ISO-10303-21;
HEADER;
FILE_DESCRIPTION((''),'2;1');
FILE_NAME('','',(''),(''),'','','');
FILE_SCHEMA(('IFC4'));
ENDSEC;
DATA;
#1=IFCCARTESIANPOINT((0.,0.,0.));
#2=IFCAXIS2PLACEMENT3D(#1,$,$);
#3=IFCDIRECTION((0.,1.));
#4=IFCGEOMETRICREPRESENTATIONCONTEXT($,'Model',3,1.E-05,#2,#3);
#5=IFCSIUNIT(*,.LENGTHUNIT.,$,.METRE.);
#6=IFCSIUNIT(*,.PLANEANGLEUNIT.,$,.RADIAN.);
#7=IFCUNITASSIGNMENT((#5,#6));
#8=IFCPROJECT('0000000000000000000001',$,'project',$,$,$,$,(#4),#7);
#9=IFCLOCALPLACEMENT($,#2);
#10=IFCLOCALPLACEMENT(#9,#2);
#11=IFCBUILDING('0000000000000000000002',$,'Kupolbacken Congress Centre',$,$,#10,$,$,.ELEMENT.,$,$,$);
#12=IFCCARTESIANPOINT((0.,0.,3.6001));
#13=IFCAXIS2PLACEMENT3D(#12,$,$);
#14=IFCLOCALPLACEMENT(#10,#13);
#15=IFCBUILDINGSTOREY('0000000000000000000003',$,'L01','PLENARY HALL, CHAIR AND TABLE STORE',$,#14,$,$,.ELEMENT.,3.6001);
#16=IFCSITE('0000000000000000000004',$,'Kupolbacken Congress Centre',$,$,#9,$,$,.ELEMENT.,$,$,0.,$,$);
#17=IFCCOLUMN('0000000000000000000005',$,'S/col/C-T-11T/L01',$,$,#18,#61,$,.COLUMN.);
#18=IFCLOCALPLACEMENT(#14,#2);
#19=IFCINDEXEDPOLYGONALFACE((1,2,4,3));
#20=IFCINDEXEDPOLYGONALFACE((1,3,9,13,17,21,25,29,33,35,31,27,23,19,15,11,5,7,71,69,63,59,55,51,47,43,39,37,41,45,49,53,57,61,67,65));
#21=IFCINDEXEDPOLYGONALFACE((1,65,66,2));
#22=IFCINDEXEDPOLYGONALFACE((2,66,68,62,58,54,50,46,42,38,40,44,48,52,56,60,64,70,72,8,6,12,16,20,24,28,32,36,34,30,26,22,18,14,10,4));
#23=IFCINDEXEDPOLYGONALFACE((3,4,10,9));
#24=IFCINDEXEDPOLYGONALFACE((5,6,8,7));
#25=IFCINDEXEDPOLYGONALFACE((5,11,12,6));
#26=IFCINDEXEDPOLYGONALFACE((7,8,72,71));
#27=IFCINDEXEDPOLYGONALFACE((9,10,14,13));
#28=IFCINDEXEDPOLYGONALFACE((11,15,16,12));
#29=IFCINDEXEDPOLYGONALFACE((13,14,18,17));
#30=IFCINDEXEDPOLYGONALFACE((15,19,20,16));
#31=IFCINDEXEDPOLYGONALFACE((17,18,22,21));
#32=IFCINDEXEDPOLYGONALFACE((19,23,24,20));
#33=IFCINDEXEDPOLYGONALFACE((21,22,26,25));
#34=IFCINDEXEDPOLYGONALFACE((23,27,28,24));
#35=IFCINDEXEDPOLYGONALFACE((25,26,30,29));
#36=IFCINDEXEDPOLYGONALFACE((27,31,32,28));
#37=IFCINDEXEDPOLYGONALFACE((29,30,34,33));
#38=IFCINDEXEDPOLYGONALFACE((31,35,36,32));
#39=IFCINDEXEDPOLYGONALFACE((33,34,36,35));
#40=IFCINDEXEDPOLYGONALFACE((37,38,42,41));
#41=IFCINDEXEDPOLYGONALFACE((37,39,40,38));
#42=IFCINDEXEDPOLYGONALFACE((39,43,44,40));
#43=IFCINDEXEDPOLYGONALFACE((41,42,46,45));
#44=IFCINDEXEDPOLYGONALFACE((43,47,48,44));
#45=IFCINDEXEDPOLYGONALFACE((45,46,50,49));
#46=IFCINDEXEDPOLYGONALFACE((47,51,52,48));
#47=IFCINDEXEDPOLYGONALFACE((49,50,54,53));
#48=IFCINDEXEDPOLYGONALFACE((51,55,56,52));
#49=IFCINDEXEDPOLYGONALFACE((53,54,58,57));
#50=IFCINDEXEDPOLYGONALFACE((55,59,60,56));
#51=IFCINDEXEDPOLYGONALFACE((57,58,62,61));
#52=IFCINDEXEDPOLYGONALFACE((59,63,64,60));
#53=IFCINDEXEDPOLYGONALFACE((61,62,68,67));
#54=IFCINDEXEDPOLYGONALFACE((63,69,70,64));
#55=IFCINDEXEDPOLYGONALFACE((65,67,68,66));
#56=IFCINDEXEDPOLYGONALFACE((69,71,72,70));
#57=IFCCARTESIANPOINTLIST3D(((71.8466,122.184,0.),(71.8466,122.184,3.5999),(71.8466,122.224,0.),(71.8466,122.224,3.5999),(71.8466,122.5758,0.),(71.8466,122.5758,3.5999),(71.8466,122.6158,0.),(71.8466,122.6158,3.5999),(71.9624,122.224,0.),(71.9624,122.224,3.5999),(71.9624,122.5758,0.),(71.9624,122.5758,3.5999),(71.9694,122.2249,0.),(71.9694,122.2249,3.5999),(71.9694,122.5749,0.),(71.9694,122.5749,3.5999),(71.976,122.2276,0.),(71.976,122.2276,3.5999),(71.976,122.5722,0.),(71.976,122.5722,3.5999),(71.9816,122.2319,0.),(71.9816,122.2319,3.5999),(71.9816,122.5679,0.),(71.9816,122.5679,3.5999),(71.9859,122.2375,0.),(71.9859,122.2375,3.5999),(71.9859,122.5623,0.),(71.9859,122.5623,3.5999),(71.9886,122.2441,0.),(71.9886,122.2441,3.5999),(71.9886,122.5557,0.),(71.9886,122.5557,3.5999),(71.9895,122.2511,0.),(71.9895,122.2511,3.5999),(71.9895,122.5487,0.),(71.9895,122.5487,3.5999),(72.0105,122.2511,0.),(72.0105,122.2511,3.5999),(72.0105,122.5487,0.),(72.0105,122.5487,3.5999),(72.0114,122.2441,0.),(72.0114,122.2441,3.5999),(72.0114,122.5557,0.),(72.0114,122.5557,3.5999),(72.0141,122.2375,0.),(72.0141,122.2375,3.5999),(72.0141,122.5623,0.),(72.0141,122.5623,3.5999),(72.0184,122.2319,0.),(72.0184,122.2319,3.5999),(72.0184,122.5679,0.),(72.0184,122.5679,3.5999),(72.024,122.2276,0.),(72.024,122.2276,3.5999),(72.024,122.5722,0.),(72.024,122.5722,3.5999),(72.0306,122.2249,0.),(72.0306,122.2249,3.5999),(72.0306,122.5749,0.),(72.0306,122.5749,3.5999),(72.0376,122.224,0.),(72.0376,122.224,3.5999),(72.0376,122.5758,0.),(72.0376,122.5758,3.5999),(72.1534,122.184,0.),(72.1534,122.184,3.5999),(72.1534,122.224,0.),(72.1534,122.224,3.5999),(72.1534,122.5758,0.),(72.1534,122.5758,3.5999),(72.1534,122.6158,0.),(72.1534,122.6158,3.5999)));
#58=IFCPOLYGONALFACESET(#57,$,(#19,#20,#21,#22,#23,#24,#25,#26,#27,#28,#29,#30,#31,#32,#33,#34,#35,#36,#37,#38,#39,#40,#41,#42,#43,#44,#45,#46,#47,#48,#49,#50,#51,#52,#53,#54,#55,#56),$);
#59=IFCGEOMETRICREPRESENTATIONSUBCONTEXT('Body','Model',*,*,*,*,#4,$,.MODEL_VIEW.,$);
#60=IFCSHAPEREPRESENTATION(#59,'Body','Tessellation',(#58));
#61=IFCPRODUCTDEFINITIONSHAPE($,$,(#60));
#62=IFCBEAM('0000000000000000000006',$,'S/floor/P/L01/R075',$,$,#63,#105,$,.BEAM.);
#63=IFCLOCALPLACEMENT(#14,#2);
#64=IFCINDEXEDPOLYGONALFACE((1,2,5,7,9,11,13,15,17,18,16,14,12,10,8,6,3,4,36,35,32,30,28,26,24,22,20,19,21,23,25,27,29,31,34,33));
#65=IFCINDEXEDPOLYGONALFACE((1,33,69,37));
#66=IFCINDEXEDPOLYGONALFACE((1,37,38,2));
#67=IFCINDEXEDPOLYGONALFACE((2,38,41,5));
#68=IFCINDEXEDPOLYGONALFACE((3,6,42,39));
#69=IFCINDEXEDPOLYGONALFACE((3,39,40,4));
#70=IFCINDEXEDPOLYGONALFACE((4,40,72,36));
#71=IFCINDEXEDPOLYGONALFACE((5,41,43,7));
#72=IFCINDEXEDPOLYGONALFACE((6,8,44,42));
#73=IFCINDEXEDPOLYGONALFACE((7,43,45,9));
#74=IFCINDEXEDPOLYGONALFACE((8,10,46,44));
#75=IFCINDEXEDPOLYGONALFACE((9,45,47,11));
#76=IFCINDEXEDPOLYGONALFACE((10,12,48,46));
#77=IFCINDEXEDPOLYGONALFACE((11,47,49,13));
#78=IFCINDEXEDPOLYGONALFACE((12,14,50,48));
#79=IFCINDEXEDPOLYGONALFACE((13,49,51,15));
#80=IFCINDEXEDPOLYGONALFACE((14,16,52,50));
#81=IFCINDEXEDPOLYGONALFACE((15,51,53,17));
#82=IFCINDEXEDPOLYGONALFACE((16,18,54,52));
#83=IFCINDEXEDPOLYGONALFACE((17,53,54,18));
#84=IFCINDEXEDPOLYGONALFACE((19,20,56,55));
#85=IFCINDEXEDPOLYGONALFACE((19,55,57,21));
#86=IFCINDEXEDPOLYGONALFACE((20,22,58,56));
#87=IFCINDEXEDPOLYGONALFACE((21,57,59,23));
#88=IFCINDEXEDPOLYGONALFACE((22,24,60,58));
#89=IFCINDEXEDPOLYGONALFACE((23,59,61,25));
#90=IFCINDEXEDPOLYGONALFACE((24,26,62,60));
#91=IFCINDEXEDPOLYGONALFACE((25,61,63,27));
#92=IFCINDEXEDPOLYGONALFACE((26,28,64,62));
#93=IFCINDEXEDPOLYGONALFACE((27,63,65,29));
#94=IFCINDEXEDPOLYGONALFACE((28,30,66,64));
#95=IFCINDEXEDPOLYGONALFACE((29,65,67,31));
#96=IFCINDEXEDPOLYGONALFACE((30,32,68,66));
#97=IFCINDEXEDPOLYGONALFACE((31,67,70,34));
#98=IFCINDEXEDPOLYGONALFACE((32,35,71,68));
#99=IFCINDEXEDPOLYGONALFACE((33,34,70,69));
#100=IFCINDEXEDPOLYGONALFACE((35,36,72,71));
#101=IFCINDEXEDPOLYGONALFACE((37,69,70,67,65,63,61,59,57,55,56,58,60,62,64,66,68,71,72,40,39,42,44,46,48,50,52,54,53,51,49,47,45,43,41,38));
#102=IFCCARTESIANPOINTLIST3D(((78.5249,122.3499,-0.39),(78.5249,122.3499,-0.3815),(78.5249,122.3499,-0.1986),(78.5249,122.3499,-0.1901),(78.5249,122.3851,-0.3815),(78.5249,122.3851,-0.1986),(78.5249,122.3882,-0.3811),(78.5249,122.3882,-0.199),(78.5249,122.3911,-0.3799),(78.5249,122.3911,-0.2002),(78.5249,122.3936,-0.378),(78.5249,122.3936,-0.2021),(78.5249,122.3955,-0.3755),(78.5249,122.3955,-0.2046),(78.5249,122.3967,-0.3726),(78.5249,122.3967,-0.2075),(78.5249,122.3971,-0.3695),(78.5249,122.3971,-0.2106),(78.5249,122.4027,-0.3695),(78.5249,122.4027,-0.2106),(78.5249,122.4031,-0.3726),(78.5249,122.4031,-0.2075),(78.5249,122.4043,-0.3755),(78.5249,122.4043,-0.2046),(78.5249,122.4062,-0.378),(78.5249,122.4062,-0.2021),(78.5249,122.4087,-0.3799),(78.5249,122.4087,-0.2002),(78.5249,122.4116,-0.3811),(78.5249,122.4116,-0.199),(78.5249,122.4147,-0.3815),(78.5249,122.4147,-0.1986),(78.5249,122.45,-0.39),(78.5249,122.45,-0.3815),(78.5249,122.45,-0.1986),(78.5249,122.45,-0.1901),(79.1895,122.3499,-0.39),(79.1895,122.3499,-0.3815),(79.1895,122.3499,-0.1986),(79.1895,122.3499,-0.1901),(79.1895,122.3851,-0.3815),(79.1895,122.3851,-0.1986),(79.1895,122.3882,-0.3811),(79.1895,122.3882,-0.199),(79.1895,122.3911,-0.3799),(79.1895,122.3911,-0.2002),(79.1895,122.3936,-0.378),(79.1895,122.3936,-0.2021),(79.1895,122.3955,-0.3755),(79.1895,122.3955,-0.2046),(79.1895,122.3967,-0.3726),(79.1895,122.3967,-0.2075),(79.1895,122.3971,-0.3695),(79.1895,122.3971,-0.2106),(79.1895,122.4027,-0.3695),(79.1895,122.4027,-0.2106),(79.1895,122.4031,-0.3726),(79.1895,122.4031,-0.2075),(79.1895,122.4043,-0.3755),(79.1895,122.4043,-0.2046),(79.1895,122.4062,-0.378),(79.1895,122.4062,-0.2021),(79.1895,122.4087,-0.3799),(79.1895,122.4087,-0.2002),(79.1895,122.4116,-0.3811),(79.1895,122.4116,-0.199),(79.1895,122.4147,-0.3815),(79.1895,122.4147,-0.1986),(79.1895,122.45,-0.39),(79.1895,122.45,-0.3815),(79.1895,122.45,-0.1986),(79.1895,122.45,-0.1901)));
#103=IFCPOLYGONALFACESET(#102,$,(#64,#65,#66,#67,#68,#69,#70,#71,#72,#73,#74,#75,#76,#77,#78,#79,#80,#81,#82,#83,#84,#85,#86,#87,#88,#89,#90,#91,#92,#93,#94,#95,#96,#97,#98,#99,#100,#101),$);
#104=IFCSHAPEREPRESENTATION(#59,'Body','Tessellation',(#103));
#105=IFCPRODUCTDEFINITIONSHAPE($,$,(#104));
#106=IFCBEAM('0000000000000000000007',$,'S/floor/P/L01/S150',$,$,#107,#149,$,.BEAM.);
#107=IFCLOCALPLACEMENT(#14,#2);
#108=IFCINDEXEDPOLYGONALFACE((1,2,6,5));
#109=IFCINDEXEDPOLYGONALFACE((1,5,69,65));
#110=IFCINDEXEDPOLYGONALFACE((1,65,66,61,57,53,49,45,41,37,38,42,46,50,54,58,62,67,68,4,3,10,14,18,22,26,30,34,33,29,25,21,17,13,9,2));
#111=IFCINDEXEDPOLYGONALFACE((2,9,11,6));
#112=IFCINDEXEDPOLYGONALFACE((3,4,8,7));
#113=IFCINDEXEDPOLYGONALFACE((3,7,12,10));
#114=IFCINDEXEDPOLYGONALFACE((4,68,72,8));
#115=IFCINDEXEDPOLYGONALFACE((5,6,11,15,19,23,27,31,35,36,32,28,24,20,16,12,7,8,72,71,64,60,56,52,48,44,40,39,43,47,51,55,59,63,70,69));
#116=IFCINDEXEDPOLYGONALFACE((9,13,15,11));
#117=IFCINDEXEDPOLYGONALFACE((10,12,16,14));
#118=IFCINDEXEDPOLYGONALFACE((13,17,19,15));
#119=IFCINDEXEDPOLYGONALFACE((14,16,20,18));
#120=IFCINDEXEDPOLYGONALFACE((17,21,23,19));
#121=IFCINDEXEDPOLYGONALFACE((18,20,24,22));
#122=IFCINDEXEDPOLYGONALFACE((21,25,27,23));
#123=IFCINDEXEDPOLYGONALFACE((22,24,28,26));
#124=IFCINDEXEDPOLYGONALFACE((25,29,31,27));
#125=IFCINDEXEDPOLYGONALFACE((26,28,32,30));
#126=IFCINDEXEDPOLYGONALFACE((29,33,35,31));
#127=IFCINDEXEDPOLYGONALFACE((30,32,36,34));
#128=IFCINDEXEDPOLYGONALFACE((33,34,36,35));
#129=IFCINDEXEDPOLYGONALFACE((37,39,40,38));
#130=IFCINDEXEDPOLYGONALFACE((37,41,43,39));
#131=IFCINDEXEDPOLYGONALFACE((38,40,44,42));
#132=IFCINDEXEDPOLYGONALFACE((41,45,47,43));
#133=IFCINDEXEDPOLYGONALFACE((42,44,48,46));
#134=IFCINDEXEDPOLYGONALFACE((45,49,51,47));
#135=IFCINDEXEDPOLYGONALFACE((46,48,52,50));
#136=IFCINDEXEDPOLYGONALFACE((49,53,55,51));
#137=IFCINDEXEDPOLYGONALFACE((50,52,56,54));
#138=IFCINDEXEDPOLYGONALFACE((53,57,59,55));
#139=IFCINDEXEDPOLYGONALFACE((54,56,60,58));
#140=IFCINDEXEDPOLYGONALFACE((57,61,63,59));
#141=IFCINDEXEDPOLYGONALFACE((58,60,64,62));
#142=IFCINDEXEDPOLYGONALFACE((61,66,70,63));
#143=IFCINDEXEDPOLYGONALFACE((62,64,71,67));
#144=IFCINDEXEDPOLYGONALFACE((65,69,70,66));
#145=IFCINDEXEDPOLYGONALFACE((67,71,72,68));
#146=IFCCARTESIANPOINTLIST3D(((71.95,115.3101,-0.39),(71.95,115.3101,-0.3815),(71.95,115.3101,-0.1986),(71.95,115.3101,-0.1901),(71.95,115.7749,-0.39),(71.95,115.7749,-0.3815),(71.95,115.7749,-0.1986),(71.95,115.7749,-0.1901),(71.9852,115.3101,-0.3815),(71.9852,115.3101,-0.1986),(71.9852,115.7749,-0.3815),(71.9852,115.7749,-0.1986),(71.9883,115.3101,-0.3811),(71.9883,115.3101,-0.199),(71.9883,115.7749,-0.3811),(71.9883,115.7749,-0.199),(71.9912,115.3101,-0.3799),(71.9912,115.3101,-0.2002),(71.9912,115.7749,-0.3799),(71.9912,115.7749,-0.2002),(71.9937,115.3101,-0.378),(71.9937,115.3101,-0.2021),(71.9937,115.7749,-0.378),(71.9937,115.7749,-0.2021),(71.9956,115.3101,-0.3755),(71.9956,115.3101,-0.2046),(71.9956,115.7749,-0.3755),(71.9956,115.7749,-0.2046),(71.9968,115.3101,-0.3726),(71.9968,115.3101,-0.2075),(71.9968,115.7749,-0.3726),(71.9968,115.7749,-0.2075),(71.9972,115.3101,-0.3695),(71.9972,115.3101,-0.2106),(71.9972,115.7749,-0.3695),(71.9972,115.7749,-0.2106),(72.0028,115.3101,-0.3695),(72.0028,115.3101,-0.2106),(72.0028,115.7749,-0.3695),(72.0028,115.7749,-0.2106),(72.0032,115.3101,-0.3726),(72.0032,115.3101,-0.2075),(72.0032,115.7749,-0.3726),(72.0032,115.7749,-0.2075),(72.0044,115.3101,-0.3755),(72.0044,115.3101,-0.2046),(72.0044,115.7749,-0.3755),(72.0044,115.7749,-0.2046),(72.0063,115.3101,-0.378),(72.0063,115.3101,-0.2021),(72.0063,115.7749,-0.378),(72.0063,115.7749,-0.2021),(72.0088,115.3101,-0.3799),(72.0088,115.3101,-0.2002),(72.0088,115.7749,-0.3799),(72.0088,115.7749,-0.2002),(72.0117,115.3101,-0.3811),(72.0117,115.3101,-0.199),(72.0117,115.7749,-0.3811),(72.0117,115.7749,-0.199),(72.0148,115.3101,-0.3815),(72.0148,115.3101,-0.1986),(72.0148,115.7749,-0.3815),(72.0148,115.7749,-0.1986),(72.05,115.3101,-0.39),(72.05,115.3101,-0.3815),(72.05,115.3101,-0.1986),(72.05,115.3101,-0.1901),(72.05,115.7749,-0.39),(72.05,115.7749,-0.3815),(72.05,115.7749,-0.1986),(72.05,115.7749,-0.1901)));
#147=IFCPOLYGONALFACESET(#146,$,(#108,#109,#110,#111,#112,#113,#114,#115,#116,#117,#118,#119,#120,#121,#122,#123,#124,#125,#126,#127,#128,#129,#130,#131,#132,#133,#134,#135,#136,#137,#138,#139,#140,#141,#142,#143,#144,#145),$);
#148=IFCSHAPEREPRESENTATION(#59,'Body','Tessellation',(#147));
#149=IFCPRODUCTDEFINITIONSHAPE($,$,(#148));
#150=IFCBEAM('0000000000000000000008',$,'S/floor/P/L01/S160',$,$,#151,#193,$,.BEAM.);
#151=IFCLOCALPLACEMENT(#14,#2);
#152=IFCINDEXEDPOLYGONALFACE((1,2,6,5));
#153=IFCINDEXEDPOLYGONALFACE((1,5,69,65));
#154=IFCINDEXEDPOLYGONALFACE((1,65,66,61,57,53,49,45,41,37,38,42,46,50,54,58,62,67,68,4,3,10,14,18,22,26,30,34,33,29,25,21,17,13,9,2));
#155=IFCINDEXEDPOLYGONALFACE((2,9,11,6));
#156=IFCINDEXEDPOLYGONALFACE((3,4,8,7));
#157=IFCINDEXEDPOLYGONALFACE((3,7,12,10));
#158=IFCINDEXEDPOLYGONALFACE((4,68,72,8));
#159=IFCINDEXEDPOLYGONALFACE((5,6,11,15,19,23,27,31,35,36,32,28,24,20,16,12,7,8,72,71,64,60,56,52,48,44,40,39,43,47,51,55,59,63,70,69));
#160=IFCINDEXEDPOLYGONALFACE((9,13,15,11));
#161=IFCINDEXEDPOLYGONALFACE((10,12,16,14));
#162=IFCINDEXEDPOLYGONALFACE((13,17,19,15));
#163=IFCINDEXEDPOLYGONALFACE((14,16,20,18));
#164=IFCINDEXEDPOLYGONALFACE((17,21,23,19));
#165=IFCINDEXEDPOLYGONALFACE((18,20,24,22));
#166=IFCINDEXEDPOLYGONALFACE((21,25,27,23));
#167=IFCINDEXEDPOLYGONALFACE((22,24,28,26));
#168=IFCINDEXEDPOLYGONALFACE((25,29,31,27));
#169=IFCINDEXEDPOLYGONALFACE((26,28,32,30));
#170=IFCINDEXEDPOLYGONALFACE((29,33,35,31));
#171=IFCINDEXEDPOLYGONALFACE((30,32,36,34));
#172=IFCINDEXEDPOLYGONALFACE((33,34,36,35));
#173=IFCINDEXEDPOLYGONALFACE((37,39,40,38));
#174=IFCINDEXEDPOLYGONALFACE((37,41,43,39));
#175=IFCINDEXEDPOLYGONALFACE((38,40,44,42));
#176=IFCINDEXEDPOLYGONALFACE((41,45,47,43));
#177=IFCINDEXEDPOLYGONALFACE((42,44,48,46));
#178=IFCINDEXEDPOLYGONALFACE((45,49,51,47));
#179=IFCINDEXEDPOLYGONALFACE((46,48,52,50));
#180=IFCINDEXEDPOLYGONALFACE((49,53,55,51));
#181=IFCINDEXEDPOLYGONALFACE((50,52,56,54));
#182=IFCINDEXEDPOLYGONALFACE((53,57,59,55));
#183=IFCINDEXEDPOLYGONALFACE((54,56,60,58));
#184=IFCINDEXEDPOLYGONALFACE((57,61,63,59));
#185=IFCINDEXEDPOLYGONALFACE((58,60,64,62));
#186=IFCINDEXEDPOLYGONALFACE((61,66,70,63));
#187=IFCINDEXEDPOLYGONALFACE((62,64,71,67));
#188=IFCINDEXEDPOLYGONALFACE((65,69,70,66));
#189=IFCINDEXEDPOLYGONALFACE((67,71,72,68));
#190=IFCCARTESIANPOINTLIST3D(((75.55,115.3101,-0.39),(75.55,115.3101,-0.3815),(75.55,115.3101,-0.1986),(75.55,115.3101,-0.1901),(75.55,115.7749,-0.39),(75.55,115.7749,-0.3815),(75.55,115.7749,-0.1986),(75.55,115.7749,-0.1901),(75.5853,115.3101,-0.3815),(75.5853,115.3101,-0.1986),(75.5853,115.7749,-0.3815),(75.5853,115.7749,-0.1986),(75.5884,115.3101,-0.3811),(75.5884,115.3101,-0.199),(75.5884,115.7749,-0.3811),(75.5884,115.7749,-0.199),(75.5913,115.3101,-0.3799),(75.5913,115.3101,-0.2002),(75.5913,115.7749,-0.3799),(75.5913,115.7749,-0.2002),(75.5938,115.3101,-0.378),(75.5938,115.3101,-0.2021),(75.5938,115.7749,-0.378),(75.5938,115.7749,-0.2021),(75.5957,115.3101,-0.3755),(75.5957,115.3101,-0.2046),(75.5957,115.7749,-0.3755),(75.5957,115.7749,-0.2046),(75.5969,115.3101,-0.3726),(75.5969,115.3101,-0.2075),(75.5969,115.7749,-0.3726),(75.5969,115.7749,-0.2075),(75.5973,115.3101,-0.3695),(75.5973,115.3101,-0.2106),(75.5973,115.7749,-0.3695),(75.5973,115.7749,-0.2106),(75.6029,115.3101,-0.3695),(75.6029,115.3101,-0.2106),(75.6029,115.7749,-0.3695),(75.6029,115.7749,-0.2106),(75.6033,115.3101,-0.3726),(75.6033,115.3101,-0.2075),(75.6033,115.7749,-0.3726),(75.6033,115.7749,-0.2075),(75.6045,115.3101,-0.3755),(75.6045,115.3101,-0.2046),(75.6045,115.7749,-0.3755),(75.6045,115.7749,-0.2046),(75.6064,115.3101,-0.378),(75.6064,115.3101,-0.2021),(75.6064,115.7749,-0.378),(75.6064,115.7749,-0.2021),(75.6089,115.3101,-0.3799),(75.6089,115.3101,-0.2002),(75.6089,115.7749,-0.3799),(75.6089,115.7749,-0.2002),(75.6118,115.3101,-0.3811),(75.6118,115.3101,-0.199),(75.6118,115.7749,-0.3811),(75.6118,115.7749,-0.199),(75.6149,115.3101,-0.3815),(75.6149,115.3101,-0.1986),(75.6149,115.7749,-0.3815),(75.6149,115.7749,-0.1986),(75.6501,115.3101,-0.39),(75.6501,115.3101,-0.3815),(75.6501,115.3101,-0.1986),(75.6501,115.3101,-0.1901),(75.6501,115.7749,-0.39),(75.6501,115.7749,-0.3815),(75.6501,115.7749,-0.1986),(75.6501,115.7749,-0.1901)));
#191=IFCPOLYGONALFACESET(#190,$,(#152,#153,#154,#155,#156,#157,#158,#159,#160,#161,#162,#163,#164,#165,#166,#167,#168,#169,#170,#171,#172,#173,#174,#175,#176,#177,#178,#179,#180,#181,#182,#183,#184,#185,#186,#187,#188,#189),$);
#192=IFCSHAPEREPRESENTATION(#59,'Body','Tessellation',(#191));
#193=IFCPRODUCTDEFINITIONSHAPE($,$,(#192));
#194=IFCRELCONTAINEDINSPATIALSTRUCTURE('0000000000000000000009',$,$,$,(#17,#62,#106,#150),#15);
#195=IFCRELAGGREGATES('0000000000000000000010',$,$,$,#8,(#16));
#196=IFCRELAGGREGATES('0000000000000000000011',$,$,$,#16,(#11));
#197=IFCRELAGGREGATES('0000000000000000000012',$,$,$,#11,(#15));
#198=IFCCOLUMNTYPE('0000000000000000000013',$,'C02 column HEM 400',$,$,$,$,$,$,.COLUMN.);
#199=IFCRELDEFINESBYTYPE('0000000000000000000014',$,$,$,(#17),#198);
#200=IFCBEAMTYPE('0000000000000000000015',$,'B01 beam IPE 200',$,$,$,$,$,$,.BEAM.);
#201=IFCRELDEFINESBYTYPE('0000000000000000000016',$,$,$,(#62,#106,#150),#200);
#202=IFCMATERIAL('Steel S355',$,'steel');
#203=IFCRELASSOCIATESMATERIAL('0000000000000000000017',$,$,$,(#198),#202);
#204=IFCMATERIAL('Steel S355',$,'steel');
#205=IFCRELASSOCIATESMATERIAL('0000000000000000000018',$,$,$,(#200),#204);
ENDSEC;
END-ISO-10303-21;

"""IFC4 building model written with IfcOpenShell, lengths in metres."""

from ifc_helpers import new_model, si_unit, direction, frame, origin, origin_2d, place, context, subcontext, project, spatial, i_section, extrude, material, material_profile, profile_set, type_object, element, save


model = new_model("IFC4")

# Units and contexts
model_context = context("Model", 3, precision=1e-05, world=origin(), true_north=direction((0.0, 1.0)))
body_context = subcontext(model_context, "Body", "Model", "MODEL_VIEW")
ifc_project = project(units=[si_unit("LENGTHUNIT", "METRE"), si_unit("PLANEANGLEUNIT", "RADIAN")], contexts=[model_context])

# Site, building, storey
site_placement = place(None, origin())
site = spatial("IfcSite", under=ifc_project, at=site_placement, Name="Kupolbacken Congress Centre", CompositionType="ELEMENT", RefElevation=0.0)
building_placement = place(site_placement, origin())
building = spatial("IfcBuilding", under=site, at=building_placement, Name="Kupolbacken Congress Centre", CompositionType="ELEMENT")
storey_placement = place(building_placement, frame((0.0, 0.0, 3.6001)))
storey = spatial("IfcBuildingStorey", under=building, at=storey_placement, Name="L01", Description="PLENARY HALL, CHAIR AND TABLE STORE", CompositionType="ELEMENT", Elevation=3.6001)

# Column
ifc_material_1 = material(Name="Steel S355", Category="steel")
ifc_material_profile_1 = material_profile(ifc_material_1, i_section(OverallWidth=0.3069, OverallDepth=0.4319, WebThickness=0.021, FlangeThickness=0.04, FilletRadius=0.0271, at=origin_2d()), Name="HEM 400")
ifc_profile_set_1 = profile_set([ifc_material_profile_1], Name="Steel S355")
column_type = type_object("IfcColumnType", Name="C02 column HEM 400", PredefinedType="COLUMN", material=ifc_profile_set_1)
column_placement = place(storey_placement, frame((72.0, 122.3999, 0.0), z_axis=(0.0, 0.0, 1.0), x_axis=(1.0, 0.0, 0.0)))
element("IfcColumn", 1, at=column_placement, inside=storey, type_object=column_type, Name="S/col/C-T-11T/L01", PredefinedType="COLUMN", context=body_context, shape_type="SweptSolid", body=[
    extrude(i_section(OverallWidth=0.3069, OverallDepth=0.4319, WebThickness=0.021, FlangeThickness=0.04, FilletRadius=0.0271, at=origin_2d()), origin(), (0.0, 0.0, 1.0), 3.5999),
])

# Beams
ifc_material_2 = material(Name="Steel S355", Category="steel")
ifc_material_profile_2 = material_profile(ifc_material_2, i_section(OverallWidth=0.1001, OverallDepth=0.2, WebThickness=0.0056, FlangeThickness=0.0085, FilletRadius=0.012, at=origin_2d()), Name="IPE 200")
ifc_profile_set_2 = profile_set([ifc_material_profile_2], Name="Steel S355")
beam_type_1 = type_object("IfcBeamType", Name="B01 beam IPE 200", PredefinedType="BEAM", material=ifc_profile_set_2)
beam_1_placement = place(storey_placement, frame((78.5249, 122.3999, -0.29), z_axis=(1.0, 0.0, 0.0), x_axis=(0.0, 1.0, 0.0)))
element("IfcBeam", 2, at=beam_1_placement, inside=storey, type_object=beam_type_1, Name="S/floor/P/L01/R075", PredefinedType="BEAM", context=body_context, shape_type="SweptSolid", body=[
    extrude(i_section(OverallWidth=0.1001, OverallDepth=0.2, WebThickness=0.0056, FlangeThickness=0.0085, FilletRadius=0.012, at=origin_2d()), origin(), (0.0, 0.0, 1.0), 0.6646),
])
for number, where, z_axis, x_axis, name in (
    (3, (72.0, 115.3101, -0.29), (0.0, 1.0, 0.0), (-1.0, 0.0, 0.0), "S/floor/P/L01/S150"),
    (4, (75.6001, 115.3101, -0.29), (0.0, 1.0, 0.0), (-1.0, 0.0, 0.0), "S/floor/P/L01/S160"),
):
    element("IfcBeam", number, at=place(storey_placement, frame(where, z_axis=z_axis, x_axis=x_axis)), inside=storey, type_object=beam_type_1, Name=name, PredefinedType="BEAM", context=body_context, shape_type="SweptSolid", body=[
        extrude(i_section(OverallWidth=0.1001, OverallDepth=0.2, WebThickness=0.0056, FlangeThickness=0.0085, FilletRadius=0.012, at=origin_2d()), origin(), (0.0, 0.0, 1.0), 0.4648),
    ])

save(model, "model.ifc")
